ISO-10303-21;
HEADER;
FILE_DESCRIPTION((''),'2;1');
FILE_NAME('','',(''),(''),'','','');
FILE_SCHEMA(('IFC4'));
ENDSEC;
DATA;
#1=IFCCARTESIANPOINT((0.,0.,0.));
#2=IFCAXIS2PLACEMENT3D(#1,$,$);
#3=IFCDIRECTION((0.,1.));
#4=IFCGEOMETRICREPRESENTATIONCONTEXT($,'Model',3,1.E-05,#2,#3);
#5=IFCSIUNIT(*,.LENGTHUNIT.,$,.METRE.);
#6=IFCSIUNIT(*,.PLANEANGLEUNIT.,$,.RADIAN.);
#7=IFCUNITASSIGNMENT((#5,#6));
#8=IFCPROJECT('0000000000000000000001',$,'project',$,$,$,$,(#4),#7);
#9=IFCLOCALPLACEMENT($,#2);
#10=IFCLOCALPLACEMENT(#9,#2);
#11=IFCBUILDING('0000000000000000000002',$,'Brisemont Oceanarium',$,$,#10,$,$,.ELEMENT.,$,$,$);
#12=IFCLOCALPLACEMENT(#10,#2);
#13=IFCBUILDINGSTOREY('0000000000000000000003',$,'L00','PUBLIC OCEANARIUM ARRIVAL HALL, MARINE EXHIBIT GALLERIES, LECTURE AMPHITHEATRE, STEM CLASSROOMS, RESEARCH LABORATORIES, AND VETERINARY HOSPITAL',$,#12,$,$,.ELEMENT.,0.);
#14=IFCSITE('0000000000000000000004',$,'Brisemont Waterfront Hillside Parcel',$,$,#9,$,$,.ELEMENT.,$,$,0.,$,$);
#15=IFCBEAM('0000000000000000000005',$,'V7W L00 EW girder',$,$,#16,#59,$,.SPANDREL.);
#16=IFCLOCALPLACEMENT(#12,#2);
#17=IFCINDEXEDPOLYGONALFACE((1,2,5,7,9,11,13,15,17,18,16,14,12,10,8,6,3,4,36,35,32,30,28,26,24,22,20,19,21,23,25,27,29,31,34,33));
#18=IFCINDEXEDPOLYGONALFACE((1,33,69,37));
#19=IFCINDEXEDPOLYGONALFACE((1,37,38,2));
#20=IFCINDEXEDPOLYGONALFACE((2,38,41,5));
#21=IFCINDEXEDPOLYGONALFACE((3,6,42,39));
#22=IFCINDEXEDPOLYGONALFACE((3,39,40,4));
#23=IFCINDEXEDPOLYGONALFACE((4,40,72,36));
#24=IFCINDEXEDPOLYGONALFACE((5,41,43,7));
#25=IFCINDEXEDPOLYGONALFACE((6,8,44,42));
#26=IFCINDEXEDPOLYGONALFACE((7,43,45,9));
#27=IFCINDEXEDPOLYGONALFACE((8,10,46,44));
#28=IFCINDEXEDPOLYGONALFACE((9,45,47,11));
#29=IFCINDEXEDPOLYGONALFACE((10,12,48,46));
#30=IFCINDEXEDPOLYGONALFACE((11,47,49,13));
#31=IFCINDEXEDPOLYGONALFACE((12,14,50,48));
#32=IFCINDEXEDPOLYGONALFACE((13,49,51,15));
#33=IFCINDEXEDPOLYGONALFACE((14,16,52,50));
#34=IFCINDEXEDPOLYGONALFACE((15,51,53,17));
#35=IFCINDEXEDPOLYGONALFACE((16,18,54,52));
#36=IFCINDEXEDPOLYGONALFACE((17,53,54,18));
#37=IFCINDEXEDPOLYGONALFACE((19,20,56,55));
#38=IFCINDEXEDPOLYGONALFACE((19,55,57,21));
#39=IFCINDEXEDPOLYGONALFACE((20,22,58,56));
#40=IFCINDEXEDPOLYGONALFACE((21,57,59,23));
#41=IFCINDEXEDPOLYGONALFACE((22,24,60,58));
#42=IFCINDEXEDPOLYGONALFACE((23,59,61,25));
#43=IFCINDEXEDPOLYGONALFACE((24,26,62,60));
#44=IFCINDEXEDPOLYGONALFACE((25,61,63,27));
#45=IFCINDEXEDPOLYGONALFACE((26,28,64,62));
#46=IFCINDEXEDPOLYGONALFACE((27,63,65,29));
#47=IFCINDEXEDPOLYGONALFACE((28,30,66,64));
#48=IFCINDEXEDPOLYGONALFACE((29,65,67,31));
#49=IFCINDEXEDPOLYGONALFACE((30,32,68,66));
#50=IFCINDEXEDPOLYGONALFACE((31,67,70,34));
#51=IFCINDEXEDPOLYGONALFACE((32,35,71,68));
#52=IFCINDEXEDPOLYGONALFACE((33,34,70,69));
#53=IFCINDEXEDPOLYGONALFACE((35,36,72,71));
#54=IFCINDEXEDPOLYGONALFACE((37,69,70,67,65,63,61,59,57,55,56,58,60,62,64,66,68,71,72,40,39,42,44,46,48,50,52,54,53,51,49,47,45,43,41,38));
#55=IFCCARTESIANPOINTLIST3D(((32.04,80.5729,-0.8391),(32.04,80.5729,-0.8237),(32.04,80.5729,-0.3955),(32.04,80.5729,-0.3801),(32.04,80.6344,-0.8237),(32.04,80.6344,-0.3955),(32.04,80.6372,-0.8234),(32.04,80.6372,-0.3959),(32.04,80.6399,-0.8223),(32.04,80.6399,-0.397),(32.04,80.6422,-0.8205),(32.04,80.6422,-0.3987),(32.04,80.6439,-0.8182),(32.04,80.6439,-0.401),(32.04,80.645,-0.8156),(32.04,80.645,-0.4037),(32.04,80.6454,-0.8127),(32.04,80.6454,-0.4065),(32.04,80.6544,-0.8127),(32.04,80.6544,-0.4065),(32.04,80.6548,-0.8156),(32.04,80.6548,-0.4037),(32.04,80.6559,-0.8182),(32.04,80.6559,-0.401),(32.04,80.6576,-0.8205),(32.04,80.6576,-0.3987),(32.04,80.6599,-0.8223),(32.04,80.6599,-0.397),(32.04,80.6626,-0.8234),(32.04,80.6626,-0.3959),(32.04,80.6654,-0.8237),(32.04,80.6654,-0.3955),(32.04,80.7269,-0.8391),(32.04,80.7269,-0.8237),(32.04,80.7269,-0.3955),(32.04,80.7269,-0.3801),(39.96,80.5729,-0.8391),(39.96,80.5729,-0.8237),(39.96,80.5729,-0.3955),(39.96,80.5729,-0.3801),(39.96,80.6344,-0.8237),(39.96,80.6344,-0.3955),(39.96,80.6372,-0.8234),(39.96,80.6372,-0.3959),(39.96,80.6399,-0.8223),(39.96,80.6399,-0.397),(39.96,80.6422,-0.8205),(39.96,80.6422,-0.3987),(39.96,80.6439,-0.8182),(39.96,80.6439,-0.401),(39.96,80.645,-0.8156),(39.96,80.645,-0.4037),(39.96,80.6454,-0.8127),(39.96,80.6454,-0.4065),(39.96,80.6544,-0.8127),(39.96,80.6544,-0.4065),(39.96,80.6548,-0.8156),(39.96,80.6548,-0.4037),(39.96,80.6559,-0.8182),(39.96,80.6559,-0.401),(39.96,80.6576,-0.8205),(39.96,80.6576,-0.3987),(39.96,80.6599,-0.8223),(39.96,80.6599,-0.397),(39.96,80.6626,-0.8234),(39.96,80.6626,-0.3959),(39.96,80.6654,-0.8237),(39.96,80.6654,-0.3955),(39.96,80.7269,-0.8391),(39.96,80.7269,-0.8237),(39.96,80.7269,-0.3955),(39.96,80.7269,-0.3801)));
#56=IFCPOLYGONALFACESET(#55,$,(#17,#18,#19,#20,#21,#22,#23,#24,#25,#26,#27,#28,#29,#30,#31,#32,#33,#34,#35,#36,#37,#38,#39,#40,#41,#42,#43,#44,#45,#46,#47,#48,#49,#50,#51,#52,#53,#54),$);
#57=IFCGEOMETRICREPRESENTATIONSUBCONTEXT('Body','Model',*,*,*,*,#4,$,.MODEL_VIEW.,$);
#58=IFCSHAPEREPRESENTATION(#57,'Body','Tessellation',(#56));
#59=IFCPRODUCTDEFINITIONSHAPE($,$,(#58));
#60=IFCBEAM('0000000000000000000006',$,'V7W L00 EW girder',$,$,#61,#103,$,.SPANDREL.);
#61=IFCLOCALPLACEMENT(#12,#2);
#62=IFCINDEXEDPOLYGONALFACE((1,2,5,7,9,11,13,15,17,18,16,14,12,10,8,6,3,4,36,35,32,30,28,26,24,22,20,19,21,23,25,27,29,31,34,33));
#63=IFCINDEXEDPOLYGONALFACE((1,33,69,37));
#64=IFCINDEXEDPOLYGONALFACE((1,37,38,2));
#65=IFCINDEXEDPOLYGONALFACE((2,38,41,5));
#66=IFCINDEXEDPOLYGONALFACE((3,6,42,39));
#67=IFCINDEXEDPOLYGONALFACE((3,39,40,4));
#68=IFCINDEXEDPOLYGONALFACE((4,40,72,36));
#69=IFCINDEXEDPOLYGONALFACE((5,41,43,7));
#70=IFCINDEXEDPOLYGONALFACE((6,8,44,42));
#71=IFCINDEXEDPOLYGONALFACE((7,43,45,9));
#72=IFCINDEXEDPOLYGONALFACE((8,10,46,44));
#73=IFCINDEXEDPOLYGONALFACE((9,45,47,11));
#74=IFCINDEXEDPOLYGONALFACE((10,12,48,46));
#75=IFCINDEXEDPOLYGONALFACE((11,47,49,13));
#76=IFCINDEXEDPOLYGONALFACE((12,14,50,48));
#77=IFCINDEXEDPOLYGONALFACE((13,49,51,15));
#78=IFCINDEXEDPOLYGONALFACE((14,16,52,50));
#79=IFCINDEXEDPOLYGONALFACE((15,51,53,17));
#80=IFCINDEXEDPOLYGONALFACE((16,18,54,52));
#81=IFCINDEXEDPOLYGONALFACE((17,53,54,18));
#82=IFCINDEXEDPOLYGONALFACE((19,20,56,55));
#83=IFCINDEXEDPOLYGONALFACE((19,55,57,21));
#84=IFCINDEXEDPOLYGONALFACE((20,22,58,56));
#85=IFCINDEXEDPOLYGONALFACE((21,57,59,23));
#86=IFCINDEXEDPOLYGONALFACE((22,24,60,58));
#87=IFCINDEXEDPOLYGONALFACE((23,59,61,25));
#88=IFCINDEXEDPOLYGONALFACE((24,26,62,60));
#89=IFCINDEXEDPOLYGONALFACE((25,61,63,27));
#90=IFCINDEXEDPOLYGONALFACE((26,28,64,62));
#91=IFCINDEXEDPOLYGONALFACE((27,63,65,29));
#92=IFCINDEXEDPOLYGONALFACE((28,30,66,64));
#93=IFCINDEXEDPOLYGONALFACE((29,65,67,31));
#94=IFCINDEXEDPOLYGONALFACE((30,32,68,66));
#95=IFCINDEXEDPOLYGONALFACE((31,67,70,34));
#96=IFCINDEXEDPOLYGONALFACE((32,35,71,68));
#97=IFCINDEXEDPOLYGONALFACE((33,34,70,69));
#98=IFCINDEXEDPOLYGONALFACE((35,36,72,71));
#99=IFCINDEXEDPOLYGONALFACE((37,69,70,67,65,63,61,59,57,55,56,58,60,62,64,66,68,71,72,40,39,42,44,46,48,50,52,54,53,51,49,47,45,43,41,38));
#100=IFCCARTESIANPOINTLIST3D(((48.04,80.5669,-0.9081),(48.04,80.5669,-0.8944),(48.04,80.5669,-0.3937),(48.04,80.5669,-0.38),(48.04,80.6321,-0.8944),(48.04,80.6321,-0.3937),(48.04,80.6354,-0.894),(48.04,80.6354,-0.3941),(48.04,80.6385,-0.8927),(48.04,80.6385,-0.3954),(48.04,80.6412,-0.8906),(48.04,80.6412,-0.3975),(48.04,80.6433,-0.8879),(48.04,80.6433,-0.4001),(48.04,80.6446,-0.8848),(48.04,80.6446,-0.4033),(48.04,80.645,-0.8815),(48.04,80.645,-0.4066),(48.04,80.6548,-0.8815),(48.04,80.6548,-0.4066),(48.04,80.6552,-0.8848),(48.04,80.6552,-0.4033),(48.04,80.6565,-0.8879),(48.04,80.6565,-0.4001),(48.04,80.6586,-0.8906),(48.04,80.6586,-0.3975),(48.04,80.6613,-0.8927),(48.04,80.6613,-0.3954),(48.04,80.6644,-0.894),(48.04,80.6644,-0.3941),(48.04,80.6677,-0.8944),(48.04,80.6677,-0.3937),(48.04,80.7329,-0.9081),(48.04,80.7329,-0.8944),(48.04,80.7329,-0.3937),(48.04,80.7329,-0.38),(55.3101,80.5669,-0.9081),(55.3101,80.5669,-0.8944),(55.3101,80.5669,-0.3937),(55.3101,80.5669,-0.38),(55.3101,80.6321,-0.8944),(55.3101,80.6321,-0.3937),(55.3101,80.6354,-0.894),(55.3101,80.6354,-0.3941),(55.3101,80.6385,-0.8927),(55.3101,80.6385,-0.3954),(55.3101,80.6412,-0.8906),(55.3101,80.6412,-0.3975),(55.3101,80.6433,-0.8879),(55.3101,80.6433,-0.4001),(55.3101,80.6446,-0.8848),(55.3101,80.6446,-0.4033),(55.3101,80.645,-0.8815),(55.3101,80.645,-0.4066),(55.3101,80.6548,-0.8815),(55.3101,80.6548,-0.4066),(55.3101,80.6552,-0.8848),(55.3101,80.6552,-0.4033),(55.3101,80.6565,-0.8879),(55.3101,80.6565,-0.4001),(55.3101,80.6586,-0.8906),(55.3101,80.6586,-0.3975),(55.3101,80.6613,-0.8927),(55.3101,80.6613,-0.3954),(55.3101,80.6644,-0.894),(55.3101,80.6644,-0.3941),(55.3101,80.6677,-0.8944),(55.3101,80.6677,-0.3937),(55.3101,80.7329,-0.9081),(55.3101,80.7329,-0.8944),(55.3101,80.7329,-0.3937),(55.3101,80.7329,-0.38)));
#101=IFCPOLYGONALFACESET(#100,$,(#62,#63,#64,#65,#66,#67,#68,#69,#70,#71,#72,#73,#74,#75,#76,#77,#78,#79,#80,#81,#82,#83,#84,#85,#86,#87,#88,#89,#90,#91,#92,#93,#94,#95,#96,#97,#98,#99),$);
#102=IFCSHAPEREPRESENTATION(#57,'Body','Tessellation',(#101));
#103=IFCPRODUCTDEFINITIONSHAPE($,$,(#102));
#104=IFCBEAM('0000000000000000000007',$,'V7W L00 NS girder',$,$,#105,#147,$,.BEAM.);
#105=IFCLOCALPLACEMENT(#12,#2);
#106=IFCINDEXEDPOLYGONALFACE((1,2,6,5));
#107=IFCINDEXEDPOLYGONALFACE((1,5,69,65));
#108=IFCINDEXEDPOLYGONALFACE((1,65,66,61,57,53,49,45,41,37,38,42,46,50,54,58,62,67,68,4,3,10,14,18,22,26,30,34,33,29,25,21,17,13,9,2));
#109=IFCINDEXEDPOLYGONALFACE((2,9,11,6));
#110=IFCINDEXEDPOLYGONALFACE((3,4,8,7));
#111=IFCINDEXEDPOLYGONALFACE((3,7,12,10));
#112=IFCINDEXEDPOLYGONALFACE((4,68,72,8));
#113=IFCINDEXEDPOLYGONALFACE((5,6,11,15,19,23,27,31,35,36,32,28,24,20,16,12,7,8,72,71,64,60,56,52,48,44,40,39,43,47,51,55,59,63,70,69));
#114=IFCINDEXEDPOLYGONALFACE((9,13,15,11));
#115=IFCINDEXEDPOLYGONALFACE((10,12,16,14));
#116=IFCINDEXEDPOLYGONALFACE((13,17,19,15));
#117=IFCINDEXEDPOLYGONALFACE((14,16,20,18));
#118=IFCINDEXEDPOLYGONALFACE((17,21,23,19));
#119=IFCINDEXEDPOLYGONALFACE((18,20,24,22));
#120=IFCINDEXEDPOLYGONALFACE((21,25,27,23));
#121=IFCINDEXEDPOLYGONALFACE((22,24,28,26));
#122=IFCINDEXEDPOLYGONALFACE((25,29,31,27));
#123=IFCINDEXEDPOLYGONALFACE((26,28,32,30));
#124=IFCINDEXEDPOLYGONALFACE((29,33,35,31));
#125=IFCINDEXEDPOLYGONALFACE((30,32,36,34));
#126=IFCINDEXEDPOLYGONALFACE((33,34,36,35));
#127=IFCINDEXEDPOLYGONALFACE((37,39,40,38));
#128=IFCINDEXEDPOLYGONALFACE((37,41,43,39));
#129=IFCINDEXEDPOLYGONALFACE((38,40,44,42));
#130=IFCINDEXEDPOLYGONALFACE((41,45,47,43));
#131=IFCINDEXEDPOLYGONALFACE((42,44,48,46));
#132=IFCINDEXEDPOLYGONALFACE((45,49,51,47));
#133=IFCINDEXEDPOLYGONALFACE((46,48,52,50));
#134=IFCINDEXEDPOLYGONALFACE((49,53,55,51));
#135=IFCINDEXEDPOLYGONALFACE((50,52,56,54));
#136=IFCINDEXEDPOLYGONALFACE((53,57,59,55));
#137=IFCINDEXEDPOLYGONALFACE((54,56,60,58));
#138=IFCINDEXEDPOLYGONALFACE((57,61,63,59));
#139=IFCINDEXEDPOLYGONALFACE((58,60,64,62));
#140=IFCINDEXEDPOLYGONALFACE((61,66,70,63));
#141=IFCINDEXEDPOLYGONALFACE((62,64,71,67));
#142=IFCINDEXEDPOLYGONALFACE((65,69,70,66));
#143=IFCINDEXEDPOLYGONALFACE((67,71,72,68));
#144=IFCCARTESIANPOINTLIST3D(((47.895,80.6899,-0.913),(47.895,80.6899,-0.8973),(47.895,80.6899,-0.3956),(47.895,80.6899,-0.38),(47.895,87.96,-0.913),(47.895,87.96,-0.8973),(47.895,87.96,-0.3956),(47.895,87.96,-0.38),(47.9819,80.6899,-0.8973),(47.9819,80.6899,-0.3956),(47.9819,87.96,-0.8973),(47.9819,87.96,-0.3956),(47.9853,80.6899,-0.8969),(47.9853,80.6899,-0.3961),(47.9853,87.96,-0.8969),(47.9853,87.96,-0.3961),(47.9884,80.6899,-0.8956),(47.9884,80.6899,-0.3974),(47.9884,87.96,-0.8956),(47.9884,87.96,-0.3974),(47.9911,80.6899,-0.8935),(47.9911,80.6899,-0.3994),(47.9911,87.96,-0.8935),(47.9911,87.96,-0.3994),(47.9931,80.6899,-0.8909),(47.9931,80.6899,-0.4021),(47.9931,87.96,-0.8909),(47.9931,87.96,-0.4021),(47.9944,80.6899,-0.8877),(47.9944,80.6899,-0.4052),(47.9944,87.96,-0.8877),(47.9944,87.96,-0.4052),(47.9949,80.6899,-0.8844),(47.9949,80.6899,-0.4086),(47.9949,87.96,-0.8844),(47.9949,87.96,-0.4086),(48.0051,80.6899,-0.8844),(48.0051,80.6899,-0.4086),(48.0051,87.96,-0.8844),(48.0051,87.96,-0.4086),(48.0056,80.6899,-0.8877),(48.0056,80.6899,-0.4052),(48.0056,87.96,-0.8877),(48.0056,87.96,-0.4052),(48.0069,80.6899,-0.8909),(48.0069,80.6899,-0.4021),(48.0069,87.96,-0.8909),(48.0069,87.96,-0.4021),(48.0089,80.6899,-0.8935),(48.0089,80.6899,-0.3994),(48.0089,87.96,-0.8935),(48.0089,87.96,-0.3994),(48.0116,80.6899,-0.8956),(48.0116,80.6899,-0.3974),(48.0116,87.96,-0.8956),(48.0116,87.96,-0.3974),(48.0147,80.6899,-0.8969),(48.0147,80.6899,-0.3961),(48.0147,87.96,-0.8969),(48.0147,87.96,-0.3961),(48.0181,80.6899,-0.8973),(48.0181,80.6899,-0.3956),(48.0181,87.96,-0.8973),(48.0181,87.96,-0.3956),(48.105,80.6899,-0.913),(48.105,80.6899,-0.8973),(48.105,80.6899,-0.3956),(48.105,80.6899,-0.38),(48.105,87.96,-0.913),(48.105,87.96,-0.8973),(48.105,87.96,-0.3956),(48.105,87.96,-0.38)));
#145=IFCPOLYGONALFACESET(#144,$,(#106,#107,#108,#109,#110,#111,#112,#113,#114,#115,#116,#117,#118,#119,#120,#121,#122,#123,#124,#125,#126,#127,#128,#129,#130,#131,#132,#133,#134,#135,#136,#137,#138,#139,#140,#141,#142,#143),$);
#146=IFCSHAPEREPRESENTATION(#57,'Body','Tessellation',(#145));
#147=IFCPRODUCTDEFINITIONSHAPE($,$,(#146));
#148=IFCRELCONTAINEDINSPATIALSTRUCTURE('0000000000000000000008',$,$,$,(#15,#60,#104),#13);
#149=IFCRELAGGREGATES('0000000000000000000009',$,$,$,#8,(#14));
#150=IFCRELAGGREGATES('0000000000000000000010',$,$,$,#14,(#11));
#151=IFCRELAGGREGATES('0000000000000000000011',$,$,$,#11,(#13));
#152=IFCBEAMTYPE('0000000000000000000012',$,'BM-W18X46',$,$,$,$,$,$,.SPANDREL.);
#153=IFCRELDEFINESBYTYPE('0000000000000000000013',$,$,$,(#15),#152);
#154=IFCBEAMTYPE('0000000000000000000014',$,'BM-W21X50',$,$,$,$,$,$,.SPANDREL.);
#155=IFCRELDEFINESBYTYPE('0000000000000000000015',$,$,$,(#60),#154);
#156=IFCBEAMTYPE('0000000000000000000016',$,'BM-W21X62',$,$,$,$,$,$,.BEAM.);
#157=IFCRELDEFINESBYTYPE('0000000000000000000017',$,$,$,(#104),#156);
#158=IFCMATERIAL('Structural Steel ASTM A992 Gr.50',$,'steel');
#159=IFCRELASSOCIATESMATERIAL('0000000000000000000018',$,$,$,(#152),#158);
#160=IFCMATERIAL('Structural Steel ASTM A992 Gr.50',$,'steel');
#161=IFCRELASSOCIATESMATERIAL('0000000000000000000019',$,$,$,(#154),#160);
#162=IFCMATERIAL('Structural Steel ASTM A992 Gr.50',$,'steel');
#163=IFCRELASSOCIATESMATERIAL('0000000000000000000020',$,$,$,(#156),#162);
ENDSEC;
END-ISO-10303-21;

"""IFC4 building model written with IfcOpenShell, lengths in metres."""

from ifc_helpers import new_model, si_unit, direction, frame, origin, origin_2d, place, context, subcontext, project, spatial, i_section, extrude, material, material_profile, profile_set, type_object, element, save


model = new_model("IFC4")

# Units and contexts
model_context = context("Model", 3, precision=1e-05, world=origin(), true_north=direction((0.0, 1.0)))
body_context = subcontext(model_context, "Body", "Model", "MODEL_VIEW")
ifc_project = project(units=[si_unit("LENGTHUNIT", "METRE"), si_unit("PLANEANGLEUNIT", "RADIAN")], contexts=[model_context])

# Site, building, storey
site_placement = place(None, origin())
site = spatial("IfcSite", under=ifc_project, at=site_placement, Name="Brisemont Waterfront Hillside Parcel", CompositionType="ELEMENT", RefElevation=0.0)
building_placement = place(site_placement, origin())
building = spatial("IfcBuilding", under=site, at=building_placement, Name="Brisemont Oceanarium", CompositionType="ELEMENT")
storey_placement = place(building_placement, origin())
storey = spatial("IfcBuildingStorey", under=building, at=storey_placement, Name="L00", Description="PUBLIC OCEANARIUM ARRIVAL HALL, MARINE EXHIBIT GALLERIES, LECTURE AMPHITHEATRE, STEM CLASSROOMS, RESEARCH LABORATORIES, AND VETERINARY HOSPITAL", CompositionType="ELEMENT", Elevation=0.0)

# Beams
ifc_material_1 = material(Name="Structural Steel ASTM A992 Gr.50", Category="steel")
ifc_material_profile_1 = material_profile(ifc_material_1, i_section(OverallWidth=0.1541, OverallDepth=0.459, WebThickness=0.009, FlangeThickness=0.0154, FilletRadius=0.011, at=origin_2d()), Name="W18X46")
ifc_profile_set_1 = profile_set([ifc_material_profile_1], Name="Structural Steel ASTM A992 Gr.50")
beam_type_1 = type_object("IfcBeamType", Name="BM-W18X46", PredefinedType="SPANDREL", material=ifc_profile_set_1)
beam_1_placement = place(storey_placement, frame((32.04, 80.6499, -0.6096), z_axis=(1.0, 0.0, 0.0), x_axis=(0.0, 1.0, 0.0)))
element("IfcBeam", 1, at=beam_1_placement, inside=storey, type_object=beam_type_1, Name="V7W L00 EW girder", PredefinedType="SPANDREL", context=body_context, shape_type="SweptSolid", body=[
    extrude(i_section(OverallWidth=0.1541, OverallDepth=0.459, WebThickness=0.009, FlangeThickness=0.0154, FilletRadius=0.011, at=origin_2d()), origin(), (0.0, 0.0, 1.0), 7.9199),
])
ifc_material_2 = material(Name="Structural Steel ASTM A992 Gr.50", Category="steel")
ifc_material_profile_2 = material_profile(ifc_material_2, i_section(OverallWidth=0.166, OverallDepth=0.5281, WebThickness=0.0098, FlangeThickness=0.0137, FilletRadius=0.0129, at=origin_2d()), Name="W21X50")
ifc_profile_set_2 = profile_set([ifc_material_profile_2], Name="Structural Steel ASTM A992 Gr.50")
beam_type_2 = type_object("IfcBeamType", Name="BM-W21X50", PredefinedType="SPANDREL", material=ifc_profile_set_2)
beam_2_placement = place(storey_placement, frame((48.04, 80.6499, -0.644), z_axis=(1.0, 0.0, 0.0), x_axis=(0.0, 1.0, 0.0)))
element("IfcBeam", 2, at=beam_2_placement, inside=storey, type_object=beam_type_2, Name="V7W L00 EW girder", PredefinedType="SPANDREL", context=body_context, shape_type="SweptSolid", body=[
    extrude(i_section(OverallWidth=0.166, OverallDepth=0.5281, WebThickness=0.0098, FlangeThickness=0.0137, FilletRadius=0.0129, at=origin_2d()), origin(), (0.0, 0.0, 1.0), 7.27),
])
ifc_material_3 = material(Name="Structural Steel ASTM A992 Gr.50", Category="steel")
ifc_material_profile_3 = material_profile(ifc_material_3, i_section(OverallWidth=0.21, OverallDepth=0.533, WebThickness=0.0103, FlangeThickness=0.0156, FilletRadius=0.0129, at=origin_2d()), Name="W21X62")
ifc_profile_set_3 = profile_set([ifc_material_profile_3], Name="Structural Steel ASTM A992 Gr.50")
beam_type_3 = type_object("IfcBeamType", Name="BM-W21X62", PredefinedType="BEAM", material=ifc_profile_set_3)
beam_3_placement = place(storey_placement, frame((48.0, 80.6899, -0.6465), z_axis=(0.0, 1.0, 0.0), x_axis=(-1.0, 0.0, 0.0)))
element("IfcBeam", 3, at=beam_3_placement, inside=storey, type_object=beam_type_3, Name="V7W L00 NS girder", PredefinedType="BEAM", context=body_context, shape_type="SweptSolid", body=[
    extrude(i_section(OverallWidth=0.21, OverallDepth=0.533, WebThickness=0.0103, FlangeThickness=0.0156, FilletRadius=0.0129, at=origin_2d()), origin(), (0.0, 0.0, 1.0), 7.27),
])

save(model, "model.ifc")
